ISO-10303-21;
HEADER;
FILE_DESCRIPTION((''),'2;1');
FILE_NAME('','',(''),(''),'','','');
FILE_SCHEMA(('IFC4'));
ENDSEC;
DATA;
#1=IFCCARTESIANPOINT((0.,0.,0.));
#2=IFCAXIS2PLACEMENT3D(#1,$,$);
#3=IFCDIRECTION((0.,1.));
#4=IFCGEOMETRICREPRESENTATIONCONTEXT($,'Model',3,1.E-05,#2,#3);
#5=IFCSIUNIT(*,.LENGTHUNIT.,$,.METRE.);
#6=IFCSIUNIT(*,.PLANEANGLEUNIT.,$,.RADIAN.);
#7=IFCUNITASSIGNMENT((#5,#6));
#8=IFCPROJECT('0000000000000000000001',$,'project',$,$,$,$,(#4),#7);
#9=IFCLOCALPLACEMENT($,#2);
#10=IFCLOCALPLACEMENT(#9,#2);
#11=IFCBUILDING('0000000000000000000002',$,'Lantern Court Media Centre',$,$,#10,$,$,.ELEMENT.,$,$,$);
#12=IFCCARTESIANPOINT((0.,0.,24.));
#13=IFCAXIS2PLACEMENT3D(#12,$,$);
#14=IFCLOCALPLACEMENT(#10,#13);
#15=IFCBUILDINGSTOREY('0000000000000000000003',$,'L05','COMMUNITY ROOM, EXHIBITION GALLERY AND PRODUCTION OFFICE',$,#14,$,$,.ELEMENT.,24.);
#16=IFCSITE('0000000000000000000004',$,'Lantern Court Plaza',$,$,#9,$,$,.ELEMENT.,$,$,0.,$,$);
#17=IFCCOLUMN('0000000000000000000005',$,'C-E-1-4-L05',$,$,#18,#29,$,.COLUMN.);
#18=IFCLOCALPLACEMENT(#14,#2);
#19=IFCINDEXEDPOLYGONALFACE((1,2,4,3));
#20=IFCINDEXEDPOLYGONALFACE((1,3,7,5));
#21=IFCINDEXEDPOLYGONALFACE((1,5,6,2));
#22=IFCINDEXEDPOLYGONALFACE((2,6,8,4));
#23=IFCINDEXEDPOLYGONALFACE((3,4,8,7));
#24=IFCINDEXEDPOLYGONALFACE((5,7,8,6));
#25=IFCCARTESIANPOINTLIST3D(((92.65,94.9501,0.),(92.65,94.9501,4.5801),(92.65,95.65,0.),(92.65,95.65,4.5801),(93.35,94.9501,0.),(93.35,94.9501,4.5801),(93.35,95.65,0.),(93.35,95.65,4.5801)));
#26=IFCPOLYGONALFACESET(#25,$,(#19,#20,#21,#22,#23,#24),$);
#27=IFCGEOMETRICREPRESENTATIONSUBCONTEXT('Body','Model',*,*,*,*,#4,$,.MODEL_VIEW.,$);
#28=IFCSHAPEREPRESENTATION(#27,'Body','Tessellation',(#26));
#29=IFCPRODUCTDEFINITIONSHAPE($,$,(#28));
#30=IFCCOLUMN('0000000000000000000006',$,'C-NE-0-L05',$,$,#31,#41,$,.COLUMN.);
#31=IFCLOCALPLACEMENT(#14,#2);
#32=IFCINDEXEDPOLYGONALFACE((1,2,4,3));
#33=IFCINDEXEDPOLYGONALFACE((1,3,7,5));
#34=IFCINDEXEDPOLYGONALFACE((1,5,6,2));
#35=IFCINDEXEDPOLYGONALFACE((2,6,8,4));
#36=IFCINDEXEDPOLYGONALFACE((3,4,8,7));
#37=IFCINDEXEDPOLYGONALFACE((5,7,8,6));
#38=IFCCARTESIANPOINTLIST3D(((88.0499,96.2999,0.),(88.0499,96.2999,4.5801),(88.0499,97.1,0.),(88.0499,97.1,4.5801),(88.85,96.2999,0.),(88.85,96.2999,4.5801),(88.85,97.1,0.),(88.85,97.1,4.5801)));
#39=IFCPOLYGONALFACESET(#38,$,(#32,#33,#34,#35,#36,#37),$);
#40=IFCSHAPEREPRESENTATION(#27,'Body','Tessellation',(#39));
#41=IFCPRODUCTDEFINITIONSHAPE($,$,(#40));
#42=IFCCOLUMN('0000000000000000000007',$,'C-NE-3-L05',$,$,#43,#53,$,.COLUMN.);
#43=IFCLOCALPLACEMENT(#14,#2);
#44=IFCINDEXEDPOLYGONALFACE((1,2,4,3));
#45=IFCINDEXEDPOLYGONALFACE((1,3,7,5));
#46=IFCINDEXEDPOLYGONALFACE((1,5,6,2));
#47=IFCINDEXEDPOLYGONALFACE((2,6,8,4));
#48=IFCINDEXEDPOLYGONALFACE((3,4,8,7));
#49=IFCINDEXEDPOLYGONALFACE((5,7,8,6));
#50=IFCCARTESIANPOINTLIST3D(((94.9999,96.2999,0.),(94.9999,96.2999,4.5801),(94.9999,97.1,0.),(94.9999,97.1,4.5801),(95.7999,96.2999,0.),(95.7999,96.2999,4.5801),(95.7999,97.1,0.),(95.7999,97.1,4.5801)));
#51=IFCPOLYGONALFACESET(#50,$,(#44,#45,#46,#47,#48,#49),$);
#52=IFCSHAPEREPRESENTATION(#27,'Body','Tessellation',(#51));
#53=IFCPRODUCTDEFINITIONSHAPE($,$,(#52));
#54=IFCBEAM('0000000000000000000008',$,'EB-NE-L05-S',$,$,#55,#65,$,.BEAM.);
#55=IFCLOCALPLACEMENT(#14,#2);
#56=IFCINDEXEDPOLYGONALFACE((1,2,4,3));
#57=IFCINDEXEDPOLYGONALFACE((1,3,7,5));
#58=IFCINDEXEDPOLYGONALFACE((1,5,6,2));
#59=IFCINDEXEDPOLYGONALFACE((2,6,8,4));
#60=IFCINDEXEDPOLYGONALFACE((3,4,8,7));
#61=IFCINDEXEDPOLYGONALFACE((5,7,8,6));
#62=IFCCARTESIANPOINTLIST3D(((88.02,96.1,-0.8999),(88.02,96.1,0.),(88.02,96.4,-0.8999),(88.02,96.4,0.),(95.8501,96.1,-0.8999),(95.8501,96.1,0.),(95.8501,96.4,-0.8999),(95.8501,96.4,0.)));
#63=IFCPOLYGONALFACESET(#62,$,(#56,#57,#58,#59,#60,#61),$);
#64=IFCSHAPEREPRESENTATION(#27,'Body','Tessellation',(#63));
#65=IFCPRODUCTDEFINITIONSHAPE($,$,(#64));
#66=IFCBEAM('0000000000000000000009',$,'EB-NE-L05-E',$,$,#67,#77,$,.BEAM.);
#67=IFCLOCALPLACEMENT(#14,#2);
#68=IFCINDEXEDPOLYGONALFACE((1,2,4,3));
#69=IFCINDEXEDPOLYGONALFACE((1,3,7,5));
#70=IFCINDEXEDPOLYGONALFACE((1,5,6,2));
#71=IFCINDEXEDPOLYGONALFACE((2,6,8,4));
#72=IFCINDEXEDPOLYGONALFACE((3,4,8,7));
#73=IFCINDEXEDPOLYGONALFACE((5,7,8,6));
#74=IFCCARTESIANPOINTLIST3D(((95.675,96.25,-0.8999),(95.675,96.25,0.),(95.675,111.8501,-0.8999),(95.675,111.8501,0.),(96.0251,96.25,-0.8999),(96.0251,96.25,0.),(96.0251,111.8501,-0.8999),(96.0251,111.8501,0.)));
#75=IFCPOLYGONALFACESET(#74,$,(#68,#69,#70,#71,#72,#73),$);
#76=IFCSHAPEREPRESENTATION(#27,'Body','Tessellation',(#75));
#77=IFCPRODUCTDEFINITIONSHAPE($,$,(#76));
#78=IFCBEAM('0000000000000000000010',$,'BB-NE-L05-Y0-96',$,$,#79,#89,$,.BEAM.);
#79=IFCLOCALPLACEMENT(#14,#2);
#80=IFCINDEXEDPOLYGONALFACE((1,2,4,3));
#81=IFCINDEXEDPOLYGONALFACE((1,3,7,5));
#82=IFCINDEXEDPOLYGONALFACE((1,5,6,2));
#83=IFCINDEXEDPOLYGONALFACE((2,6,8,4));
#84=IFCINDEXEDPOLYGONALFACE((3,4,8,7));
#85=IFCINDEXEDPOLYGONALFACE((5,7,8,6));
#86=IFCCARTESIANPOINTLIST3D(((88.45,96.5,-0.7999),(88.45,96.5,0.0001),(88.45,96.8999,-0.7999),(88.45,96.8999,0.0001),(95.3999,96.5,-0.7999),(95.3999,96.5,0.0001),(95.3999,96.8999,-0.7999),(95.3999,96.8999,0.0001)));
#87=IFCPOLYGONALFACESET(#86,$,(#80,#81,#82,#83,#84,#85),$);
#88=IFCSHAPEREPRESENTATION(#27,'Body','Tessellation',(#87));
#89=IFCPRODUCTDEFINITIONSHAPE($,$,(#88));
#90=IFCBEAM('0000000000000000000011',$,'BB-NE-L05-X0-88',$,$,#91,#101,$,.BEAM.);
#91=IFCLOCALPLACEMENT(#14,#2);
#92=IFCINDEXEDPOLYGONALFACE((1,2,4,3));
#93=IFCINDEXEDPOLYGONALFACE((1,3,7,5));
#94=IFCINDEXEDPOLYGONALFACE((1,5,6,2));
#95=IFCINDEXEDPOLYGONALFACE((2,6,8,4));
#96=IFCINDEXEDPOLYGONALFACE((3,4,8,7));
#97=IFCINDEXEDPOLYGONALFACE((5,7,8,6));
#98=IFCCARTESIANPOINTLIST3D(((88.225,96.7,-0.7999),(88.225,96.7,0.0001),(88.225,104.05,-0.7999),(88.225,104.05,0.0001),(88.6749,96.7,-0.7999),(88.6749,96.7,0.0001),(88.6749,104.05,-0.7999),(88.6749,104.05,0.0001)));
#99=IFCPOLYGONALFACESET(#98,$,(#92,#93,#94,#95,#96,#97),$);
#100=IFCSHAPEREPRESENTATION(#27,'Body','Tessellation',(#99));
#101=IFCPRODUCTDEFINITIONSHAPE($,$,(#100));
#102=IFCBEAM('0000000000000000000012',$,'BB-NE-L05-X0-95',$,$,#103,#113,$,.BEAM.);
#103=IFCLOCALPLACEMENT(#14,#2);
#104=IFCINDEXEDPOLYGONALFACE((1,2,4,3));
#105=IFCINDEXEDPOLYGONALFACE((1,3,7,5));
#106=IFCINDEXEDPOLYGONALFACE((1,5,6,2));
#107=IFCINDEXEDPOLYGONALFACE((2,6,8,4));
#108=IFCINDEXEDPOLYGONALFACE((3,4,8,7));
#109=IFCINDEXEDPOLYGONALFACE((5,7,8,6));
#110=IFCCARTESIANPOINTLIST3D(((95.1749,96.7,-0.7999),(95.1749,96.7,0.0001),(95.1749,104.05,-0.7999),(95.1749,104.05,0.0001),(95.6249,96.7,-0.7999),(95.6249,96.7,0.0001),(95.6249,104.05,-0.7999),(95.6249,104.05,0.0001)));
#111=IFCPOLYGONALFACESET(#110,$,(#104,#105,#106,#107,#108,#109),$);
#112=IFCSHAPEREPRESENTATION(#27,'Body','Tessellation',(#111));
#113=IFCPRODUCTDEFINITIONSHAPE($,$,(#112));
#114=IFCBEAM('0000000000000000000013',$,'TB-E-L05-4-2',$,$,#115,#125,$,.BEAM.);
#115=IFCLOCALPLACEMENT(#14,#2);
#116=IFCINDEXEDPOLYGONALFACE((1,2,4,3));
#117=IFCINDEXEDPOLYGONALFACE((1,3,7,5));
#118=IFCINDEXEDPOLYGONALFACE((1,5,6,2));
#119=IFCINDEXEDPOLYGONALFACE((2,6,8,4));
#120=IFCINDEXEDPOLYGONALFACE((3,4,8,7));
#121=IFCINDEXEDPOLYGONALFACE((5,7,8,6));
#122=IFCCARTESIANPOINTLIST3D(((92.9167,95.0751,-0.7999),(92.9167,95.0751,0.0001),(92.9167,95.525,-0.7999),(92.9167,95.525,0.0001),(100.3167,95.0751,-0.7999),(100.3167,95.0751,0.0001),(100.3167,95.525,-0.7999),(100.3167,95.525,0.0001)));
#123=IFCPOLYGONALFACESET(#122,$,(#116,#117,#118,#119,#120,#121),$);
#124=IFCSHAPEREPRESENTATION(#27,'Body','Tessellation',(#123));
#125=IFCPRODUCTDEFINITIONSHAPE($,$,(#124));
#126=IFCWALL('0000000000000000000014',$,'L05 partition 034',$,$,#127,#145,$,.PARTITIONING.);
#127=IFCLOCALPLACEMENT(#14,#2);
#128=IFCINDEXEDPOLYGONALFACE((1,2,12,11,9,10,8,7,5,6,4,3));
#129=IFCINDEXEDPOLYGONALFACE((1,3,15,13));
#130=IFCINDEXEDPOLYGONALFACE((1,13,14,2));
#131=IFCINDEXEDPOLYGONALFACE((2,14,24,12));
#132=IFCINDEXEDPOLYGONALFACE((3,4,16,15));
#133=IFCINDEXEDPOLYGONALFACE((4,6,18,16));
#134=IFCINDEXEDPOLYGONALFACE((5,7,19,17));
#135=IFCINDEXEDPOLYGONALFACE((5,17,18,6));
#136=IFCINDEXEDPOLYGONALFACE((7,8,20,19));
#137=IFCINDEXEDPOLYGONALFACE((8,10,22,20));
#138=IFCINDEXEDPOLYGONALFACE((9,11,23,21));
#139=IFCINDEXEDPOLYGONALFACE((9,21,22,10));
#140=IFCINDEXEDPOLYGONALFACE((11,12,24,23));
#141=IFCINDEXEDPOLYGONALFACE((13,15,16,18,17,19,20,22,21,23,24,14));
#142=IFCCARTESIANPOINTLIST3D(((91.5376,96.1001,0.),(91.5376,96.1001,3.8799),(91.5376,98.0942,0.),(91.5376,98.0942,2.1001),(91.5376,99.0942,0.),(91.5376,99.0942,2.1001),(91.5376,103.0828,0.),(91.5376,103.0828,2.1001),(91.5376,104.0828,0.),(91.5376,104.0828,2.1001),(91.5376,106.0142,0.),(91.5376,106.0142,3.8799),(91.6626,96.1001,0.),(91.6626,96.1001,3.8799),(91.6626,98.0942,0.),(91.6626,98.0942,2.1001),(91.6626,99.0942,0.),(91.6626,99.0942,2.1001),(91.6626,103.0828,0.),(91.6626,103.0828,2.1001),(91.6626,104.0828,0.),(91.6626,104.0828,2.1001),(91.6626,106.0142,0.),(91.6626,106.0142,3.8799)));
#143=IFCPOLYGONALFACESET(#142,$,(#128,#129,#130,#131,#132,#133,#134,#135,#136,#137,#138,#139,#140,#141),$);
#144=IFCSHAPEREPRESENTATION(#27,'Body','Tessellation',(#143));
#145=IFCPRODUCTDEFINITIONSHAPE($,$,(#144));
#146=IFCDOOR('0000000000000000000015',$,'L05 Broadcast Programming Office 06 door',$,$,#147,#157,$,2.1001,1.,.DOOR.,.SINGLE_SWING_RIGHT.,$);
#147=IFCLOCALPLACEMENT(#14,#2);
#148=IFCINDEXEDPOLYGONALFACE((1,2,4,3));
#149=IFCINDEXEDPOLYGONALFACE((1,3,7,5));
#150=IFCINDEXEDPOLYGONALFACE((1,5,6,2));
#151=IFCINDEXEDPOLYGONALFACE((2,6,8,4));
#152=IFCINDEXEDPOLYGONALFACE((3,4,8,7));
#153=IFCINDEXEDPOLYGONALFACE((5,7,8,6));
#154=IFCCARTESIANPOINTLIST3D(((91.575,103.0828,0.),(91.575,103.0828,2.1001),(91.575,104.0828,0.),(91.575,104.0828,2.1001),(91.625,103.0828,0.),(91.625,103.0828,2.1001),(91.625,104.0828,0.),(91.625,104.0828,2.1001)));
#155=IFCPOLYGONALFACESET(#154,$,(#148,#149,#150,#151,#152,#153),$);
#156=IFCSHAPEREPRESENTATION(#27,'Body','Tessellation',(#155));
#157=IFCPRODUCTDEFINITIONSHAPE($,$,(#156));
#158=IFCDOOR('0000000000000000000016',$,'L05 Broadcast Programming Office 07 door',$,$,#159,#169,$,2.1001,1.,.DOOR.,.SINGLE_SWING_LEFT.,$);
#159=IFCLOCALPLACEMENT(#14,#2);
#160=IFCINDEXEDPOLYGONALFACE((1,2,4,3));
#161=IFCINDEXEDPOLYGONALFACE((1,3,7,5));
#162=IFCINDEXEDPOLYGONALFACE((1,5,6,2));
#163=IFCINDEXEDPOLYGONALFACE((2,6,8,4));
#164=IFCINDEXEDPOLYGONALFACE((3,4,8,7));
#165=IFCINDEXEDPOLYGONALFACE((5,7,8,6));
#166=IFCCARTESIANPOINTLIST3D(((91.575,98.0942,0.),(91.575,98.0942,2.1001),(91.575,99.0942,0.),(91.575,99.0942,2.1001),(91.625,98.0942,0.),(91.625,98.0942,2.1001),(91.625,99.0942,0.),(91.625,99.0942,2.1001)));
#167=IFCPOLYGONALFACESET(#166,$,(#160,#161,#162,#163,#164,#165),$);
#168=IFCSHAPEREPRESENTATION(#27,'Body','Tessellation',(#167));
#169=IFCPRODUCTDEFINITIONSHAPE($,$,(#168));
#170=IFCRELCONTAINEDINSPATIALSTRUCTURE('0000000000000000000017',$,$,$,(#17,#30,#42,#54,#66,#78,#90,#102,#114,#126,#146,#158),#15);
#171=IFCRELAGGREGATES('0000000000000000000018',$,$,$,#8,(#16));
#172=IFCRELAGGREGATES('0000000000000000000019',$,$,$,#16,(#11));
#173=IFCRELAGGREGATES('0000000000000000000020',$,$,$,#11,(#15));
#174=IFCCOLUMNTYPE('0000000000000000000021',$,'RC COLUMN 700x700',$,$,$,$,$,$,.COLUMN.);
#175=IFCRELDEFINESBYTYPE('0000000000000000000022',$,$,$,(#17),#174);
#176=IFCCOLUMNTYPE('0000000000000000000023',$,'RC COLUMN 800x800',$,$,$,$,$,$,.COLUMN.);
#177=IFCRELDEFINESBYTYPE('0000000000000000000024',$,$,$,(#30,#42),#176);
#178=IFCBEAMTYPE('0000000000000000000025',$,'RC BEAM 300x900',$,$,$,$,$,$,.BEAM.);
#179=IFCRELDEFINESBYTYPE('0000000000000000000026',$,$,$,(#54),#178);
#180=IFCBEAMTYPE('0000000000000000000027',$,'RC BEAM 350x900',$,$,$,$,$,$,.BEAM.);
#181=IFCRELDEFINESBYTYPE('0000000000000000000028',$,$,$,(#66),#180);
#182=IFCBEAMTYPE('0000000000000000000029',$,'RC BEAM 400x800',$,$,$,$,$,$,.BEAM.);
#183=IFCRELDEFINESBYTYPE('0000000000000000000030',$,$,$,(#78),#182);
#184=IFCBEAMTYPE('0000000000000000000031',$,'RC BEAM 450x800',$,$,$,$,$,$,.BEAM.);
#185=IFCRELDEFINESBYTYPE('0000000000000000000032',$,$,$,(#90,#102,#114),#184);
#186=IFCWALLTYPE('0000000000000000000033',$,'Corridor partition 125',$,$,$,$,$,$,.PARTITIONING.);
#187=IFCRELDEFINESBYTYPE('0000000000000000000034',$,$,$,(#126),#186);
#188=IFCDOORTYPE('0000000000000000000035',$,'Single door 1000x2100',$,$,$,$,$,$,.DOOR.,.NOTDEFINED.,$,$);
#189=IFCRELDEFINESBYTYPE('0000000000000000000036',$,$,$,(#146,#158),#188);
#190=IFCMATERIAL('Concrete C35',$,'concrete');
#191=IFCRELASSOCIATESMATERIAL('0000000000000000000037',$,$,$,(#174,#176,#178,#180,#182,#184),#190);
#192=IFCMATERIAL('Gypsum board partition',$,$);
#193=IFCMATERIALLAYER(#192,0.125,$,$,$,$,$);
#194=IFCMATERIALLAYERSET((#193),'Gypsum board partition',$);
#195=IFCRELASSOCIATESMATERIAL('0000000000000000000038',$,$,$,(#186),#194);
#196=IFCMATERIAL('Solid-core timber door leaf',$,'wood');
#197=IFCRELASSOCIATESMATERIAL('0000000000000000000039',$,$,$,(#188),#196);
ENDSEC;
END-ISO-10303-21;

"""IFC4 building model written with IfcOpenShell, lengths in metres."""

from ifc_helpers import new_model, si_unit, direction, frame, frame_2d, origin, origin_2d, place, context, subcontext, project, spatial, rectangle, extrude, material, layer, layer_set, material_profile, profile_set, type_object, element, fill, save


model = new_model("IFC4")

# Units and contexts
model_context = context("Model", 3, precision=1e-05, world=origin(), true_north=direction((0.0, 1.0)))
body_context = subcontext(model_context, "Body", "Model", "MODEL_VIEW")
ifc_project = project(units=[si_unit("LENGTHUNIT", "METRE"), si_unit("PLANEANGLEUNIT", "RADIAN")], contexts=[model_context])

# Site, building, storey
site_placement = place(None, origin())
site = spatial("IfcSite", under=ifc_project, at=site_placement, Name="Lantern Court Plaza", CompositionType="ELEMENT", RefElevation=0.0)
building_placement = place(site_placement, origin())
building = spatial("IfcBuilding", under=site, at=building_placement, Name="Lantern Court Media Centre", CompositionType="ELEMENT")
storey_placement = place(building_placement, frame((0.0, 0.0, 24.0)))
storey = spatial("IfcBuildingStorey", under=building, at=storey_placement, Name="L05", Description="COMMUNITY ROOM, EXHIBITION GALLERY AND PRODUCTION OFFICE", CompositionType="ELEMENT", Elevation=24.0)

# Columns
ifc_material_1 = material(Name="Concrete C35", Category="concrete")
ifc_material_profile_1 = material_profile(ifc_material_1, rectangle(XDim=0.7, YDim=0.7, at=origin_2d()), Name="RC 700x700")
ifc_profile_set_1 = profile_set([ifc_material_profile_1], Name="Concrete C35")
column_type_1 = type_object("IfcColumnType", Name="RC COLUMN 700x700", PredefinedType="COLUMN", material=ifc_profile_set_1)
column_placement = place(storey_placement, frame((93.0, 95.3, 0.0), z_axis=(0.0, 0.0, 1.0), x_axis=(1.0, 0.0, 0.0)))
element("IfcColumn", 1, at=column_placement, inside=storey, type_object=column_type_1, Name="C-E-1-4-L05", PredefinedType="COLUMN", context=body_context, shape_type="SweptSolid", body=[
    extrude(rectangle(XDim=0.7, YDim=0.7, at=origin_2d()), origin(), (0.0, 0.0, 1.0), 4.5801),
])
ifc_material_profile_2 = material_profile(ifc_material_1, rectangle(XDim=0.8, YDim=0.8, at=origin_2d()), Name="RC 800x800")
ifc_profile_set_2 = profile_set([ifc_material_profile_2], Name="Concrete C35")
column_type_2 = type_object("IfcColumnType", Name="RC COLUMN 800x800", PredefinedType="COLUMN", material=ifc_profile_set_2)
for number, where, z_axis, x_axis, name in (
    (2, (88.45, 96.7, 0.0), (0.0, 0.0, 1.0), (1.0, 0.0, 0.0), "C-NE-0-L05"),
    (3, (95.3999, 96.7, 0.0), (0.0, 0.0, 1.0), (1.0, 0.0, 0.0), "C-NE-3-L05"),
):
    element("IfcColumn", number, at=place(storey_placement, frame(where, z_axis=z_axis, x_axis=x_axis)), inside=storey, type_object=column_type_2, Name=name, PredefinedType="COLUMN", context=body_context, shape_type="SweptSolid", body=[
        extrude(rectangle(XDim=0.8, YDim=0.8, at=origin_2d()), origin(), (0.0, 0.0, 1.0), 4.5801),
    ])

# Beams
ifc_material_profile_3 = material_profile(ifc_material_1, rectangle(XDim=0.3, YDim=0.8999, at=origin_2d()), Name="RC 300x900")
ifc_profile_set_3 = profile_set([ifc_material_profile_3], Name="Concrete C35")
beam_type_1 = type_object("IfcBeamType", Name="RC BEAM 300x900", PredefinedType="BEAM", material=ifc_profile_set_3)
beam_1_placement = place(storey_placement, frame((88.02, 96.25, -0.45), z_axis=(1.0, 0.0, 0.0), x_axis=(0.0, 1.0, 0.0)))
element("IfcBeam", 4, at=beam_1_placement, inside=storey, type_object=beam_type_1, Name="EB-NE-L05-S", PredefinedType="BEAM", context=body_context, shape_type="SweptSolid", body=[
    extrude(rectangle(XDim=0.3, YDim=0.8999, at=origin_2d()), origin(), (0.0, 0.0, 1.0), 7.8301),
])
ifc_material_profile_4 = material_profile(ifc_material_1, rectangle(XDim=0.3501, YDim=0.8999, at=origin_2d()), Name="RC 350x900")
ifc_profile_set_4 = profile_set([ifc_material_profile_4], Name="Concrete C35")
beam_type_2 = type_object("IfcBeamType", Name="RC BEAM 350x900", PredefinedType="BEAM", material=ifc_profile_set_4)
beam_2_placement = place(storey_placement, frame((95.8501, 96.25, -0.45), z_axis=(0.0, 1.0, 0.0), x_axis=(-1.0, 0.0, 0.0)))
element("IfcBeam", 5, at=beam_2_placement, inside=storey, type_object=beam_type_2, Name="EB-NE-L05-E", PredefinedType="BEAM", context=body_context, shape_type="SweptSolid", body=[
    extrude(rectangle(XDim=0.3501, YDim=0.8999, at=origin_2d()), origin(), (0.0, 0.0, 1.0), 15.6001),
])
ifc_material_profile_5 = material_profile(ifc_material_1, rectangle(XDim=0.3999, YDim=0.8, at=origin_2d()), Name="RC 400x800")
ifc_profile_set_5 = profile_set([ifc_material_profile_5], Name="Concrete C35")
beam_type_3 = type_object("IfcBeamType", Name="RC BEAM 400x800", PredefinedType="BEAM", material=ifc_profile_set_5)
beam_3_placement = place(storey_placement, frame((88.45, 96.7, -0.3999), z_axis=(1.0, 0.0, 0.0), x_axis=(0.0, 1.0, 0.0)))
element("IfcBeam", 6, at=beam_3_placement, inside=storey, type_object=beam_type_3, Name="BB-NE-L05-Y0-96", PredefinedType="BEAM", context=body_context, shape_type="SweptSolid", body=[
    extrude(rectangle(XDim=0.3999, YDim=0.8, at=origin_2d()), origin(), (0.0, 0.0, 1.0), 6.95),
])
ifc_material_profile_6 = material_profile(ifc_material_1, rectangle(XDim=0.45, YDim=0.8, at=origin_2d()), Name="RC 450x800")
ifc_profile_set_6 = profile_set([ifc_material_profile_6], Name="Concrete C35")
beam_type_4 = type_object("IfcBeamType", Name="RC BEAM 450x800", PredefinedType="BEAM", material=ifc_profile_set_6)
for number, where, z_axis, x_axis, name in (
    (7, (88.45, 96.7, -0.3999), (0.0, 1.0, 0.0), (-1.0, 0.0, 0.0), "BB-NE-L05-X0-88"),
    (8, (95.3999, 96.7, -0.3999), (0.0, 1.0, 0.0), (-1.0, 0.0, 0.0), "BB-NE-L05-X0-95"),
):
    element("IfcBeam", number, at=place(storey_placement, frame(where, z_axis=z_axis, x_axis=x_axis)), inside=storey, type_object=beam_type_4, Name=name, PredefinedType="BEAM", context=body_context, shape_type="SweptSolid", body=[
        extrude(rectangle(XDim=0.45, YDim=0.8, at=origin_2d()), origin(), (0.0, 0.0, 1.0), 7.3501),
    ])
beam_4_placement = place(storey_placement, frame((92.9167, 95.3, -0.3999), z_axis=(1.0, 0.0, 0.0), x_axis=(0.0, 1.0, 0.0)))
element("IfcBeam", 9, at=beam_4_placement, inside=storey, type_object=beam_type_4, Name="TB-E-L05-4-2", PredefinedType="BEAM", context=body_context, shape_type="SweptSolid", body=[
    extrude(rectangle(XDim=0.45, YDim=0.8, at=origin_2d()), origin(), (0.0, 0.0, 1.0), 7.3999),
])

# Wall, openings, doors
ifc_material_2 = material(Name="Gypsum board partition")
ifc_layer_1 = layer(ifc_material_2, 0.125)
ifc_layer_set_1 = layer_set([ifc_layer_1], Name="Gypsum board partition")
wall_type_1 = type_object("IfcWallType", Name="Corridor partition 125", PredefinedType="PARTITIONING", material=ifc_layer_set_1)
wall_1_placement = place(storey_placement, frame((91.6001, 96.1001, 0.0), z_axis=(0.0, 0.0, 1.0), x_axis=(0.0, 1.0, 0.0)))
wall_1 = element("IfcWall", 10, at=wall_1_placement, inside=storey, type_object=wall_type_1, Name="L05 partition 034", PredefinedType="PARTITIONING", context=body_context, shape_type="SweptSolid", body=[
    extrude(rectangle(XDim=9.9141, YDim=0.125, at=frame_2d((4.957, 0.0))), origin(), (0.0, 0.0, 1.0), 3.8799),
])
opening_1_placement = place(wall_1_placement, frame((6.9827, 0.0, 0.0)))
opening_1 = element("IfcOpeningElement", 11, at=opening_1_placement, cuts=wall_1, PredefinedType="OPENING", context=body_context, shape_type="SweptSolid", body=[
    extrude(rectangle(XDim=1.0, YDim=2.1001, at=frame_2d((0.5, 1.05))), frame((0.0, 0.0725, 0.0), z_axis=(0.0, -1.0, 0.0), x_axis=(1.0, 0.0, 0.0)), (0.0, 0.0, 1.0), 0.145),
])
opening_2_placement = place(wall_1_placement, frame((1.9941, 0.0, 0.0)))
opening_2 = element("IfcOpeningElement", 12, at=opening_2_placement, cuts=wall_1, PredefinedType="OPENING", context=body_context, shape_type="SweptSolid", body=[
    extrude(rectangle(XDim=1.0, YDim=2.1001, at=frame_2d((0.5, 1.05))), frame((0.0, 0.0725, 0.0), z_axis=(0.0, -1.0, 0.0), x_axis=(1.0, 0.0, 0.0)), (0.0, 0.0, 1.0), 0.145),
])
ifc_material_3 = material(Name="Solid-core timber door leaf", Category="wood")
door_type_1 = type_object("IfcDoorType", Name="Single door 1000x2100", OperationType="NOTDEFINED", PredefinedType="DOOR", material=ifc_material_3)
door_1_placement = place(opening_1_placement, frame((1.0, 0.0, 0.0), z_axis=(0.0, 0.0, 1.0), x_axis=(-1.0, 0.0, 0.0)))
door_1 = element("IfcDoor", 13, at=door_1_placement, inside=storey, type_object=door_type_1, Name="L05 Broadcast Programming Office 06 door", OperationType="SINGLE_SWING_RIGHT", OverallHeight=2.1001, OverallWidth=1.0, PredefinedType="DOOR", context=body_context, shape_type="SweptSolid", body=[
    extrude(rectangle(XDim=1.0, YDim=2.1001, at=frame_2d((0.5, 1.05))), frame((0.0, 0.0249, 0.0), z_axis=(0.0, -1.0, 0.0), x_axis=(1.0, 0.0, 0.0)), (0.0, 0.0, 1.0), 0.05),
])
fill(opening_1, door_1)
door_2_placement = place(opening_2_placement, frame((1.0, 0.0, 0.0), z_axis=(0.0, 0.0, 1.0), x_axis=(-1.0, 0.0, 0.0)))
door_2 = element("IfcDoor", 14, at=door_2_placement, inside=storey, type_object=door_type_1, Name="L05 Broadcast Programming Office 07 door", OperationType="SINGLE_SWING_LEFT", OverallHeight=2.1001, OverallWidth=1.0, PredefinedType="DOOR", context=body_context, shape_type="SweptSolid", body=[
    extrude(rectangle(XDim=1.0, YDim=2.1001, at=frame_2d((0.5, 1.05))), frame((0.0, 0.0249, 0.0), z_axis=(0.0, -1.0, 0.0), x_axis=(1.0, 0.0, 0.0)), (0.0, 0.0, 1.0), 0.05),
])
fill(opening_2, door_2)

save(model, "model.ifc")
